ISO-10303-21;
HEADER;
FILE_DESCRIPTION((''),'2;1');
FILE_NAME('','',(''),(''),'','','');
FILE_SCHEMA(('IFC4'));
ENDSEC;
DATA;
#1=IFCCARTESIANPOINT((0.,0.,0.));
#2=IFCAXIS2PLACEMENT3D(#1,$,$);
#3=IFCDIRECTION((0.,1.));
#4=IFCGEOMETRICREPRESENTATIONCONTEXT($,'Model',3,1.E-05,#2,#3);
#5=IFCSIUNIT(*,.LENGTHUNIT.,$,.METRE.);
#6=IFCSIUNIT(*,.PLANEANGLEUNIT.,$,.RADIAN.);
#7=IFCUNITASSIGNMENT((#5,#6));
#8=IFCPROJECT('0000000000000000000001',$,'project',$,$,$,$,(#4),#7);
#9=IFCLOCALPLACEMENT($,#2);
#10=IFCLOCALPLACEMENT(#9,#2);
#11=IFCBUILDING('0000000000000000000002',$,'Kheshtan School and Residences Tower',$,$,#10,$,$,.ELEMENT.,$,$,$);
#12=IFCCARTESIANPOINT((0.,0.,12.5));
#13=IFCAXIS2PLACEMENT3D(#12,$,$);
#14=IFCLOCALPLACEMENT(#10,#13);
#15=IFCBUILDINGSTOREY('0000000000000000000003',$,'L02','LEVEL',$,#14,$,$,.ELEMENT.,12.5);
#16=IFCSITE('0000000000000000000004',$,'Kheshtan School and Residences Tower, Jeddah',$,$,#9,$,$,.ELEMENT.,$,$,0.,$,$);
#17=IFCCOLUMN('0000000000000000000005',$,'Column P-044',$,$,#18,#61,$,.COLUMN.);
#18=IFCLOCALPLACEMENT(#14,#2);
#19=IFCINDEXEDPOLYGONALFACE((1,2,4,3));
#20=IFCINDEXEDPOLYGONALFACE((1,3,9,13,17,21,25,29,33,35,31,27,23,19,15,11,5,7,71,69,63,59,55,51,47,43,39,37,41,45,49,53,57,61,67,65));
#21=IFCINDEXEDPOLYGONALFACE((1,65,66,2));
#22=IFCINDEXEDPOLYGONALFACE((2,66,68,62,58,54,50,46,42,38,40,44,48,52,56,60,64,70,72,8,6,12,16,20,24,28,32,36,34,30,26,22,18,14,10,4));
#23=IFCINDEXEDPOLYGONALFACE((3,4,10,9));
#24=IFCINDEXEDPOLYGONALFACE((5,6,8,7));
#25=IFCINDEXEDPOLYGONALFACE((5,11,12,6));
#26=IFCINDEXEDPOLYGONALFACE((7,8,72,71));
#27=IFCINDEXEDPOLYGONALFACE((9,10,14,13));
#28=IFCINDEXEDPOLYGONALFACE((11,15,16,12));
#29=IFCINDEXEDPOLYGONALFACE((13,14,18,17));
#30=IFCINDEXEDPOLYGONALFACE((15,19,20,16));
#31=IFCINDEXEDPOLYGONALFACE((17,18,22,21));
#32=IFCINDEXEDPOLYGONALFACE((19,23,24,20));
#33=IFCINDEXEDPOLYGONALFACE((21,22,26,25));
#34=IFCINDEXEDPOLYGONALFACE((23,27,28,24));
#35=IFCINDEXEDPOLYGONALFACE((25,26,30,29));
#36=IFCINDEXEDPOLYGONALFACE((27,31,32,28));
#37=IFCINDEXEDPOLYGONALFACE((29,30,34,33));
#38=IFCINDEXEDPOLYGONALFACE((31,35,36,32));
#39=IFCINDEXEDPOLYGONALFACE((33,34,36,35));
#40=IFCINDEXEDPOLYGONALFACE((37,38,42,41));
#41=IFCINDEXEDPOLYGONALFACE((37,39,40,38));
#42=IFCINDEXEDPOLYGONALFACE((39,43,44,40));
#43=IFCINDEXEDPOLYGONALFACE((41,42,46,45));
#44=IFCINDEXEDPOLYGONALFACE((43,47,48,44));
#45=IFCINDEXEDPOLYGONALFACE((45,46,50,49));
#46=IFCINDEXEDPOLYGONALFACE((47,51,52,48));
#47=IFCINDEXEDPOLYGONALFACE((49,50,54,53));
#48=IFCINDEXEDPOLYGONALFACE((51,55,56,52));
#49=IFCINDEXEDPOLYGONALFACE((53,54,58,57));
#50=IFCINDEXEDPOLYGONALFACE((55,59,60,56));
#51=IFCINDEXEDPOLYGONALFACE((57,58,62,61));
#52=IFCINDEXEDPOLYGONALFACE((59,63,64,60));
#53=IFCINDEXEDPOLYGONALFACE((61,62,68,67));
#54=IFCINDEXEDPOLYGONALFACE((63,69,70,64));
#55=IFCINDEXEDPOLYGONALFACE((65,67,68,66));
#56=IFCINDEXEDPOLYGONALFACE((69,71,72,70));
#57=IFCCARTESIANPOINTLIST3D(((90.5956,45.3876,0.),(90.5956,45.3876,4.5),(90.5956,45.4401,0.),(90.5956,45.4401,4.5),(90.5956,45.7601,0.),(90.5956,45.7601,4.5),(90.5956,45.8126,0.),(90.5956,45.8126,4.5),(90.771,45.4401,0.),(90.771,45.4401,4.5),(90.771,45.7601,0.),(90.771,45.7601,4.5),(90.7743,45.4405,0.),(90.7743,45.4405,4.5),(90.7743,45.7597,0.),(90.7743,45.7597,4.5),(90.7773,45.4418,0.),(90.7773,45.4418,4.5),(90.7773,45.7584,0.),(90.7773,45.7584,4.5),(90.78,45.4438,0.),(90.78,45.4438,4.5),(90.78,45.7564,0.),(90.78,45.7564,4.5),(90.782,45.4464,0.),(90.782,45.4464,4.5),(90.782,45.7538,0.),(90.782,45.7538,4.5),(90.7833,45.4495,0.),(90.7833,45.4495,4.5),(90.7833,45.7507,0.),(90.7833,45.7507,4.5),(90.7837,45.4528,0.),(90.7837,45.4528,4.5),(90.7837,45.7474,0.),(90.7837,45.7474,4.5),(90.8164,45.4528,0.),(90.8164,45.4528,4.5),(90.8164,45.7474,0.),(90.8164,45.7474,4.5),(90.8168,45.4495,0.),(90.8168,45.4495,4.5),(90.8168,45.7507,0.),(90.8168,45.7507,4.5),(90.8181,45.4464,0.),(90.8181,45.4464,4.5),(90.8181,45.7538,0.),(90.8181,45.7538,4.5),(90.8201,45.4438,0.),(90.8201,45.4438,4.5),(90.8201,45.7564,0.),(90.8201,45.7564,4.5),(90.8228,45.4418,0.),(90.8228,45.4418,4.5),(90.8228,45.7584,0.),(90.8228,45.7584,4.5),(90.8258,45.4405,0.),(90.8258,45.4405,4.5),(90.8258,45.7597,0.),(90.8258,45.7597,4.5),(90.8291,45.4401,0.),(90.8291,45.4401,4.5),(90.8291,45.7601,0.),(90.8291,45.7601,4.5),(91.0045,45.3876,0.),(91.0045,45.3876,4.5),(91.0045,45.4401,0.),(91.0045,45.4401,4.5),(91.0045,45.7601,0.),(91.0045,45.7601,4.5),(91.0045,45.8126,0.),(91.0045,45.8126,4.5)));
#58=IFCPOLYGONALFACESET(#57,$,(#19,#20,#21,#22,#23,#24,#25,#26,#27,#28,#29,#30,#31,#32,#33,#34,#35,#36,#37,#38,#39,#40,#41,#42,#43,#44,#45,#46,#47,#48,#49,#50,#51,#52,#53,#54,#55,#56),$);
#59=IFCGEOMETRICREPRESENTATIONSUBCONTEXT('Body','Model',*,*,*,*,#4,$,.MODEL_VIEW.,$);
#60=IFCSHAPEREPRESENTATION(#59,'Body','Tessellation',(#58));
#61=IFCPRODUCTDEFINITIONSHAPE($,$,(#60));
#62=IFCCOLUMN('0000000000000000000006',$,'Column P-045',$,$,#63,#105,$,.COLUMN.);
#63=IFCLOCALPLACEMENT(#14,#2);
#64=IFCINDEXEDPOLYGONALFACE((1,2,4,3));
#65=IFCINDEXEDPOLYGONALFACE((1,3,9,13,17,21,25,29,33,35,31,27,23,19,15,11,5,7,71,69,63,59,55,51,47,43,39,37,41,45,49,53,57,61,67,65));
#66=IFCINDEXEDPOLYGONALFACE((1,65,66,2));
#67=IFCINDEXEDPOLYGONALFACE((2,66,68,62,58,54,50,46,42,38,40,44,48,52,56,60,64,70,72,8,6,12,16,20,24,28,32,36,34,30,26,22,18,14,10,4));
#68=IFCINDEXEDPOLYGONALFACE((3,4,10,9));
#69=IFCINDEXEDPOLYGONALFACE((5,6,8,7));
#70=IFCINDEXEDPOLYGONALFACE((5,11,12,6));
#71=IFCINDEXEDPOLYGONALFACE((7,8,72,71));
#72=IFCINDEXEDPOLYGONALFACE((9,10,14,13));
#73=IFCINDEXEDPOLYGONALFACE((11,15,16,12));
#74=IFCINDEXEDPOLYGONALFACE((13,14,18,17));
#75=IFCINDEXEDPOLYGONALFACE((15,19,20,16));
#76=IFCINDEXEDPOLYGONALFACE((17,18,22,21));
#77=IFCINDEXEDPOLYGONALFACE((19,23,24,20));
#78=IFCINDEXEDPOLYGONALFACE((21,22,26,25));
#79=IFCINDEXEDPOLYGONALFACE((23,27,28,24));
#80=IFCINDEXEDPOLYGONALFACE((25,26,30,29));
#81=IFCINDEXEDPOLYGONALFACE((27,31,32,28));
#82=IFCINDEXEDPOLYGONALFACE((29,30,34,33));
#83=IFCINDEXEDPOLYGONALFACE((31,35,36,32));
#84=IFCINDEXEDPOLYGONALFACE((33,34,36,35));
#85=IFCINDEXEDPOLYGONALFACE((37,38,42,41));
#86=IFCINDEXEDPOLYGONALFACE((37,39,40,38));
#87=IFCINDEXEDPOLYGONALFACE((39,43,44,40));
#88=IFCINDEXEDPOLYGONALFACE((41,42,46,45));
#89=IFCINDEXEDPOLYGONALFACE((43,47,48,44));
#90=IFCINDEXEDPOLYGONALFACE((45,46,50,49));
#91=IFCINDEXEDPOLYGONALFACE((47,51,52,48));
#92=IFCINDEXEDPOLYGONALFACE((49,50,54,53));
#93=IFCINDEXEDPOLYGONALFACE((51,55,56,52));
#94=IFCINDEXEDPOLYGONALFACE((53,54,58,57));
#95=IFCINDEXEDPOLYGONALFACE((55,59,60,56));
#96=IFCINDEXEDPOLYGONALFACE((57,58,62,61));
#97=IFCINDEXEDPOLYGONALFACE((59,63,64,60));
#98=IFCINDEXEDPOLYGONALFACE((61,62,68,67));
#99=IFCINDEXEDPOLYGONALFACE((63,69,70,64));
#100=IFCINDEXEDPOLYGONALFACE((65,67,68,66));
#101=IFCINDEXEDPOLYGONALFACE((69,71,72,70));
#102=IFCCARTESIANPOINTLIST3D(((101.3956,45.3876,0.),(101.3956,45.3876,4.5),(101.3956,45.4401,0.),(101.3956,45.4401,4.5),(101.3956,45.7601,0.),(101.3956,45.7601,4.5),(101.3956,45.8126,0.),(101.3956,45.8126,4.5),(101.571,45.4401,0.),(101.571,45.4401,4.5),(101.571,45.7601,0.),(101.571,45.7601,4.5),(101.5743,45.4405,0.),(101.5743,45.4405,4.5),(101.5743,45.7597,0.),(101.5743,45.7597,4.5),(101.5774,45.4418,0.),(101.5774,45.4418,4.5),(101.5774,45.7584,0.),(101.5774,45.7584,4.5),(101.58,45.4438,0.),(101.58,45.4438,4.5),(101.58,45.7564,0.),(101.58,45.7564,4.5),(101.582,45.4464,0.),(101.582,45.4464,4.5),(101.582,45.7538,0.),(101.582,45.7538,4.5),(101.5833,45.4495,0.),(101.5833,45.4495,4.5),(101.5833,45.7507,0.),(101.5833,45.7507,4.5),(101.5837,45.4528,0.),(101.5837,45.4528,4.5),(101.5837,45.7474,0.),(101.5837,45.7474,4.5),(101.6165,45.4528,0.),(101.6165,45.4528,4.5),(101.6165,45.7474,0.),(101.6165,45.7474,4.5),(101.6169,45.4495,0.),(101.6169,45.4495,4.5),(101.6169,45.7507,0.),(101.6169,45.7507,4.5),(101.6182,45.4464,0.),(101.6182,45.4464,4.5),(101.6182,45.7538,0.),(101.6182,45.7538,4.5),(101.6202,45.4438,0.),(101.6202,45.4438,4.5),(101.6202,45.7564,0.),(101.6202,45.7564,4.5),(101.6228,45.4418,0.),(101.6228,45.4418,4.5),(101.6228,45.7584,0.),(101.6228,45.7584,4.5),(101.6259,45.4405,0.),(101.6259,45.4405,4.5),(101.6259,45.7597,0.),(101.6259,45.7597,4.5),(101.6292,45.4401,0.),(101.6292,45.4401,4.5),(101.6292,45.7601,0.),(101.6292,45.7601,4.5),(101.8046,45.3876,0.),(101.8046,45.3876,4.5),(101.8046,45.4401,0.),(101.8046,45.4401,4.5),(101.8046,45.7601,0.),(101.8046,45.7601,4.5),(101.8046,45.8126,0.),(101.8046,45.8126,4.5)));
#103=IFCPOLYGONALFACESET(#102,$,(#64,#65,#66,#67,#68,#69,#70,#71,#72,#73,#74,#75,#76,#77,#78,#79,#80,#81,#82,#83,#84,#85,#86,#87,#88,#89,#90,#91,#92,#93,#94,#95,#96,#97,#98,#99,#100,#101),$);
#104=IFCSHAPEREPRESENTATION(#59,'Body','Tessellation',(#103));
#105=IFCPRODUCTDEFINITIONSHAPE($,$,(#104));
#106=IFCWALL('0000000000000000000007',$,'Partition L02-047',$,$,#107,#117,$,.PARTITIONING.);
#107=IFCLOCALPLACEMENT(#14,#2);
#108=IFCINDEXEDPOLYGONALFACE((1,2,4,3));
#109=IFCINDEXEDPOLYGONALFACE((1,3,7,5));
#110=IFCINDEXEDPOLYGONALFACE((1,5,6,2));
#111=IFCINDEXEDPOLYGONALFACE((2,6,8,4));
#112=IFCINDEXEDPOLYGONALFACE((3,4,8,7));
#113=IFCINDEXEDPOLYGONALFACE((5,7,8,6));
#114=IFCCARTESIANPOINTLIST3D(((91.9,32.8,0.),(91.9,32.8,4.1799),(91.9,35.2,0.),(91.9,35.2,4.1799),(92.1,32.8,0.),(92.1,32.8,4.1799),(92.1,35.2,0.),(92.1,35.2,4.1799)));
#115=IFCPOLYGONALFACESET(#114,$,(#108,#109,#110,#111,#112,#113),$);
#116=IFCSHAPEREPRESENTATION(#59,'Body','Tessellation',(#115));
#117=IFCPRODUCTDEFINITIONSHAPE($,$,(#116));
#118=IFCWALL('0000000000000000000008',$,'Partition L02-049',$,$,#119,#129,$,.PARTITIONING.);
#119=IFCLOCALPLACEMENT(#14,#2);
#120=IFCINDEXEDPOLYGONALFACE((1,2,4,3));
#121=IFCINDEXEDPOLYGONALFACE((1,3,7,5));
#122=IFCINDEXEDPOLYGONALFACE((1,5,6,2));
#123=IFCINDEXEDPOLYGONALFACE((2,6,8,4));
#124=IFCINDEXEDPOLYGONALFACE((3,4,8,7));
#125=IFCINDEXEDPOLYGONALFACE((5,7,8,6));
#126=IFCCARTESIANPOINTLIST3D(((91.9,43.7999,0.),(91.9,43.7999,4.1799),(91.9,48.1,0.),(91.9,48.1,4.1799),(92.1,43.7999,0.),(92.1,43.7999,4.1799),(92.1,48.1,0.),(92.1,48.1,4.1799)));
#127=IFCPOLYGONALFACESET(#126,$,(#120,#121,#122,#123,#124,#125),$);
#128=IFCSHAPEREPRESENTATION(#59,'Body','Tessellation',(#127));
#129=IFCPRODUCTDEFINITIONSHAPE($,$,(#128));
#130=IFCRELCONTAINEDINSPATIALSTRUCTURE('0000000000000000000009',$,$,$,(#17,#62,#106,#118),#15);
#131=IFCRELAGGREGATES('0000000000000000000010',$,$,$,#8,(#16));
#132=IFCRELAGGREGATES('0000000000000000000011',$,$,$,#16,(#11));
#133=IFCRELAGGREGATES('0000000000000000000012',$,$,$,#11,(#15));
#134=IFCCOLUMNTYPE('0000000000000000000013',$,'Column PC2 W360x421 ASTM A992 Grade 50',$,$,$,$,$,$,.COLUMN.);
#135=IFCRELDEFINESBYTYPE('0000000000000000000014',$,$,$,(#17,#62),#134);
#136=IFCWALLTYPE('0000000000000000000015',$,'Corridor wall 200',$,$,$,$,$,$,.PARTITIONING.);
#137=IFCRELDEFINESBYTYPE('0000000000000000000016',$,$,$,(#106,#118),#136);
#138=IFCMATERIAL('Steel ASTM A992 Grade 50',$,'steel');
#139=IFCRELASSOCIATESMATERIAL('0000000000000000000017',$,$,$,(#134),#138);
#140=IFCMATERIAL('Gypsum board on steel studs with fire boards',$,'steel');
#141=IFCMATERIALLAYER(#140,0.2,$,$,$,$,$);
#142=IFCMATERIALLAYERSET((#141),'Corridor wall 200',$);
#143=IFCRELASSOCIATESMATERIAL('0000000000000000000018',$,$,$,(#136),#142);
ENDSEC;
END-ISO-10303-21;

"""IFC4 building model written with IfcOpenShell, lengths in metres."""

from ifc_helpers import new_model, si_unit, direction, frame, frame_2d, origin, origin_2d, place, context, subcontext, project, spatial, rectangle, i_section, extrude, material, layer, layer_set, material_profile, profile_set, type_object, element, save


model = new_model("IFC4")

# Units and contexts
model_context = context("Model", 3, precision=1e-05, world=origin(), true_north=direction((0.0, 1.0)))
body_context = subcontext(model_context, "Body", "Model", "MODEL_VIEW")
ifc_project = project(units=[si_unit("LENGTHUNIT", "METRE"), si_unit("PLANEANGLEUNIT", "RADIAN")], contexts=[model_context])

# Site, building, storey
site_placement = place(None, origin())
site = spatial("IfcSite", under=ifc_project, at=site_placement, Name="Kheshtan School and Residences Tower, Jeddah", CompositionType="ELEMENT", RefElevation=0.0)
building_placement = place(site_placement, origin())
building = spatial("IfcBuilding", under=site, at=building_placement, Name="Kheshtan School and Residences Tower", CompositionType="ELEMENT")
storey_placement = place(building_placement, frame((0.0, 0.0, 12.5)))
storey = spatial("IfcBuildingStorey", under=building, at=storey_placement, Name="L02", Description="LEVEL", CompositionType="ELEMENT", Elevation=12.5)

# Columns
ifc_material_1 = material(Name="Steel ASTM A992 Grade 50", Category="steel")
ifc_material_profile = material_profile(ifc_material_1, i_section(OverallWidth=0.4089, OverallDepth=0.425, WebThickness=0.0327, FlangeThickness=0.0525, FilletRadius=0.0127, at=origin_2d()), Name="W360x421")
ifc_profile_set = profile_set([ifc_material_profile], Name="Steel ASTM A992 Grade 50")
column_type = type_object("IfcColumnType", Name="Column PC2 W360x421 ASTM A992 Grade 50", PredefinedType="COLUMN", material=ifc_profile_set)
for number, where, z_axis, x_axis, name in (
    (1, (90.8, 45.6001, 0.0), (0.0, 0.0, 1.0), (1.0, 0.0, 0.0), "Column P-044"),
    (2, (101.6001, 45.6001, 0.0), (0.0, 0.0, 1.0), (1.0, 0.0, 0.0), "Column P-045"),
):
    element("IfcColumn", number, at=place(storey_placement, frame(where, z_axis=z_axis, x_axis=x_axis)), inside=storey, type_object=column_type, Name=name, PredefinedType="COLUMN", context=body_context, shape_type="SweptSolid", body=[
        extrude(i_section(OverallWidth=0.4089, OverallDepth=0.425, WebThickness=0.0327, FlangeThickness=0.0525, FilletRadius=0.0127, at=origin_2d()), origin(), (0.0, 0.0, 1.0), 4.5),
    ])

# Walls
ifc_material_2 = material(Name="Gypsum board on steel studs with fire boards", Category="steel")
ifc_layer_1 = layer(ifc_material_2, 0.2)
ifc_layer_set_1 = layer_set([ifc_layer_1], Name="Corridor wall 200")
wall_type_1 = type_object("IfcWallType", Name="Corridor wall 200", PredefinedType="PARTITIONING", material=ifc_layer_set_1)
wall_1_placement = place(storey_placement, frame((92.0, 32.8, 0.0), z_axis=(0.0, 0.0, 1.0), x_axis=(0.0, 1.0, 0.0)))
element("IfcWall", 3, at=wall_1_placement, inside=storey, type_object=wall_type_1, Name="Partition L02-047", PredefinedType="PARTITIONING", context=body_context, shape_type="SweptSolid", body=[
    extrude(rectangle(XDim=2.3999, YDim=0.2, at=frame_2d((1.2, 0.0))), origin(), (0.0, 0.0, 1.0), 4.1799),
])
wall_2_placement = place(storey_placement, frame((92.0, 43.8, 0.0), z_axis=(0.0, 0.0, 1.0), x_axis=(0.0, 1.0, 0.0)))
element("IfcWall", 4, at=wall_2_placement, inside=storey, type_object=wall_type_1, Name="Partition L02-049", PredefinedType="PARTITIONING", context=body_context, shape_type="SweptSolid", body=[
    extrude(rectangle(XDim=4.3, YDim=0.2, at=frame_2d((2.1499, 0.0))), origin(), (0.0, 0.0, 1.0), 4.1799),
])

save(model, "model.ifc")
